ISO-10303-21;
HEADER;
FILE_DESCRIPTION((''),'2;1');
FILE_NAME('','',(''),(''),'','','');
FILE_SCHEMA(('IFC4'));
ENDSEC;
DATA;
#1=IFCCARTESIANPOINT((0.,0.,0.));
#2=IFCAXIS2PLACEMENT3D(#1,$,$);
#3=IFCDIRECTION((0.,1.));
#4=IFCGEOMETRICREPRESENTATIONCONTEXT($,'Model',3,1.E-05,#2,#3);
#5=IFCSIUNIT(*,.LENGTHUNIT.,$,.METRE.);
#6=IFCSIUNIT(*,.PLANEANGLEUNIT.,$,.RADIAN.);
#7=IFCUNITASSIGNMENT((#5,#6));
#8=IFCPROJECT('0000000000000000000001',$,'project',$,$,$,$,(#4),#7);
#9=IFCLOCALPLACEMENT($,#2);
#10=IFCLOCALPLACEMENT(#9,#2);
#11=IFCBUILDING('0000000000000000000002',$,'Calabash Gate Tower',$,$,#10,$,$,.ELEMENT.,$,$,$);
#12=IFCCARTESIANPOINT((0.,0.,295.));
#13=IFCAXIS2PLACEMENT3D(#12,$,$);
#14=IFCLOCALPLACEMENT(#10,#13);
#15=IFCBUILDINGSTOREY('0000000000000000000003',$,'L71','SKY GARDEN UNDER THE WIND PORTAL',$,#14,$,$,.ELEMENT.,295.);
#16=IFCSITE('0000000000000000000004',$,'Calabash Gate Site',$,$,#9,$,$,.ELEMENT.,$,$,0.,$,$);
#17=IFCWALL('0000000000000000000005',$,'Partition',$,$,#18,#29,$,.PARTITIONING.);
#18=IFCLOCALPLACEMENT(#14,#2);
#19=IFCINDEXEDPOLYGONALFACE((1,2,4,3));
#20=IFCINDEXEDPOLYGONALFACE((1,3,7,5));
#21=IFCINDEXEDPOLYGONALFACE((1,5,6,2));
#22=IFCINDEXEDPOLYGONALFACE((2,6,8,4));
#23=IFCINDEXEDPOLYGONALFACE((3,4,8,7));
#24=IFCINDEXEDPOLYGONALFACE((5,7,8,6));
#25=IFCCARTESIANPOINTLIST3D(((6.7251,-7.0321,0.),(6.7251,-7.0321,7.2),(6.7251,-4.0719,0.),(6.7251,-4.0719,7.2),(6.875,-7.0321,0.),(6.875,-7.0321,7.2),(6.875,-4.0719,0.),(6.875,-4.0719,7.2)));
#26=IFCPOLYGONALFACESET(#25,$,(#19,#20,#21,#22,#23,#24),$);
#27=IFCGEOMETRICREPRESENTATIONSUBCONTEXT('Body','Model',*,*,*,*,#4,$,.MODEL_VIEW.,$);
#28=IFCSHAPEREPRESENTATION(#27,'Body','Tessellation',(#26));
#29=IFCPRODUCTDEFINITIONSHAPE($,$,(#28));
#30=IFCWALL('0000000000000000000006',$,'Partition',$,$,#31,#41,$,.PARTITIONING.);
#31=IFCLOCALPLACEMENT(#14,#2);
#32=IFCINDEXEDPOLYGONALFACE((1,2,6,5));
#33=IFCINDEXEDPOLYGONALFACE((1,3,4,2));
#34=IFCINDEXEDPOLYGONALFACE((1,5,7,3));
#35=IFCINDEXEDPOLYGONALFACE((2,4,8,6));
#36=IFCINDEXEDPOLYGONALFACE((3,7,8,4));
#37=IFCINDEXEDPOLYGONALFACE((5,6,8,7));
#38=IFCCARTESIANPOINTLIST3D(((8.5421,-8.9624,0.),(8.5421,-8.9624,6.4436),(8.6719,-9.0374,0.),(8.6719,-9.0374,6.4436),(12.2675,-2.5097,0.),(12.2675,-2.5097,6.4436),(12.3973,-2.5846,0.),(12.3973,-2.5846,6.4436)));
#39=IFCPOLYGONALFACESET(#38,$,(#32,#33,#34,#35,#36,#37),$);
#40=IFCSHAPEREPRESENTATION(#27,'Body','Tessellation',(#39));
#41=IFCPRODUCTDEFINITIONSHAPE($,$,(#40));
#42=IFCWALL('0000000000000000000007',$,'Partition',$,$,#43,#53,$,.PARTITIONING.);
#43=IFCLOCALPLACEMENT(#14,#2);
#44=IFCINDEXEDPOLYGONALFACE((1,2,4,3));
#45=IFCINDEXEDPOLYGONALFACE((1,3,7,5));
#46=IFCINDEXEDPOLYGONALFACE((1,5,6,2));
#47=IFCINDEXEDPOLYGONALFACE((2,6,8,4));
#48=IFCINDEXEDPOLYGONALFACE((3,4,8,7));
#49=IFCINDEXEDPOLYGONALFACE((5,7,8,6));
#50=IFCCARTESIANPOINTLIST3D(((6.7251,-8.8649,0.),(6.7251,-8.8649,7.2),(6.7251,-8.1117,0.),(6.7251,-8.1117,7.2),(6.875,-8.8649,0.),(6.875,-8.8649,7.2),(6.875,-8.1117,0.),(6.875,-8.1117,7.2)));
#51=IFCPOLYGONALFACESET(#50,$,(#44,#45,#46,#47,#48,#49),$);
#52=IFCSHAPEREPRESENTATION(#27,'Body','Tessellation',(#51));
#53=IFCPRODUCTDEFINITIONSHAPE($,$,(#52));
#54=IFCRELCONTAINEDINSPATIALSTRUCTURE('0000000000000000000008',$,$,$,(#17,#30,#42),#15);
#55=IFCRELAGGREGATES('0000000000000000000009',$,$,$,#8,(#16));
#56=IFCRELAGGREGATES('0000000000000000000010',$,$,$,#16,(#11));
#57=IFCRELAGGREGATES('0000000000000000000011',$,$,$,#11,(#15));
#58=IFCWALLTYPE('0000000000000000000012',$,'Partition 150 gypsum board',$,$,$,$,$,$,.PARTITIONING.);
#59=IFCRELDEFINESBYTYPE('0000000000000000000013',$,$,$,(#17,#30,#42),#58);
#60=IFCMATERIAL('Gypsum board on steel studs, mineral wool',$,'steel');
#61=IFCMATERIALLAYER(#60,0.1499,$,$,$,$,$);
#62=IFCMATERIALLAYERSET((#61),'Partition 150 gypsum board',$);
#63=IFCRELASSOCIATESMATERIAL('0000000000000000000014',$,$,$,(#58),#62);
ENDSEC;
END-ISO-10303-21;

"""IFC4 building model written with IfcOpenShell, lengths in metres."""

from ifc_helpers import new_model, si_unit, direction, frame, frame_2d, origin, place, context, subcontext, project, spatial, rectangle, extrude, material, layer, layer_set, type_object, element, save


model = new_model("IFC4")

# Units and contexts
model_context = context("Model", 3, precision=1e-05, world=origin(), true_north=direction((0.0, 1.0)))
body_context = subcontext(model_context, "Body", "Model", "MODEL_VIEW")
ifc_project = project(units=[si_unit("LENGTHUNIT", "METRE"), si_unit("PLANEANGLEUNIT", "RADIAN")], contexts=[model_context])

# Site, building, storey
site_placement = place(None, origin())
site = spatial("IfcSite", under=ifc_project, at=site_placement, Name="Calabash Gate Site", CompositionType="ELEMENT", RefElevation=0.0)
building_placement = place(site_placement, origin())
building = spatial("IfcBuilding", under=site, at=building_placement, Name="Calabash Gate Tower", CompositionType="ELEMENT")
storey_placement = place(building_placement, frame((0.0, 0.0, 295.0)))
storey = spatial("IfcBuildingStorey", under=building, at=storey_placement, Name="L71", Description="SKY GARDEN UNDER THE WIND PORTAL", CompositionType="ELEMENT", Elevation=295.0)

# Walls
ifc_material_1 = material(Name="Gypsum board on steel studs, mineral wool", Category="steel")
ifc_layer_1 = layer(ifc_material_1, 0.1499)
ifc_layer_set_1 = layer_set([ifc_layer_1], Name="Partition 150 gypsum board")
wall_type_1 = type_object("IfcWallType", Name="Partition 150 gypsum board", PredefinedType="PARTITIONING", material=ifc_layer_set_1)
wall_1_placement = place(storey_placement, frame((6.8, -7.032, 0.0), z_axis=(0.0, 0.0, 1.0), x_axis=(0.0, 1.0, 0.0)))
element("IfcWall", 1, at=wall_1_placement, inside=storey, type_object=wall_type_1, Name="Partition", PredefinedType="PARTITIONING", context=body_context, shape_type="SweptSolid", body=[
    extrude(rectangle(XDim=2.9602, YDim=0.1499, at=frame_2d((1.48, 0.0))), origin(), (0.0, 0.0, 1.0), 7.2),
])
wall_2_placement = place(storey_placement, frame((8.6069, -9.0, 0.0), z_axis=(0.0, 0.0, 1.0), x_axis=(0.499991, 0.866031, 0.0)))
element("IfcWall", 2, at=wall_2_placement, inside=storey, type_object=wall_type_1, Name="Partition", PredefinedType="PARTITIONING", context=body_context, shape_type="SweptSolid", body=[
    extrude(rectangle(XDim=7.4509, YDim=0.1499, at=frame_2d((3.7256, 0.0))), origin(), (0.0, 0.0, 1.0), 6.4436),
])
wall_3_placement = place(storey_placement, frame((6.8, -8.1118, 0.0), z_axis=(0.0, 0.0, 1.0), x_axis=(0.0, -1.0, 0.0)))
element("IfcWall", 3, at=wall_3_placement, inside=storey, type_object=wall_type_1, Name="Partition", PredefinedType="PARTITIONING", context=body_context, shape_type="SweptSolid", body=[
    extrude(rectangle(XDim=0.7532, YDim=0.1499, at=frame_2d((0.3765, 0.0))), origin(), (0.0, 0.0, 1.0), 7.2),
])

save(model, "model.ifc")
